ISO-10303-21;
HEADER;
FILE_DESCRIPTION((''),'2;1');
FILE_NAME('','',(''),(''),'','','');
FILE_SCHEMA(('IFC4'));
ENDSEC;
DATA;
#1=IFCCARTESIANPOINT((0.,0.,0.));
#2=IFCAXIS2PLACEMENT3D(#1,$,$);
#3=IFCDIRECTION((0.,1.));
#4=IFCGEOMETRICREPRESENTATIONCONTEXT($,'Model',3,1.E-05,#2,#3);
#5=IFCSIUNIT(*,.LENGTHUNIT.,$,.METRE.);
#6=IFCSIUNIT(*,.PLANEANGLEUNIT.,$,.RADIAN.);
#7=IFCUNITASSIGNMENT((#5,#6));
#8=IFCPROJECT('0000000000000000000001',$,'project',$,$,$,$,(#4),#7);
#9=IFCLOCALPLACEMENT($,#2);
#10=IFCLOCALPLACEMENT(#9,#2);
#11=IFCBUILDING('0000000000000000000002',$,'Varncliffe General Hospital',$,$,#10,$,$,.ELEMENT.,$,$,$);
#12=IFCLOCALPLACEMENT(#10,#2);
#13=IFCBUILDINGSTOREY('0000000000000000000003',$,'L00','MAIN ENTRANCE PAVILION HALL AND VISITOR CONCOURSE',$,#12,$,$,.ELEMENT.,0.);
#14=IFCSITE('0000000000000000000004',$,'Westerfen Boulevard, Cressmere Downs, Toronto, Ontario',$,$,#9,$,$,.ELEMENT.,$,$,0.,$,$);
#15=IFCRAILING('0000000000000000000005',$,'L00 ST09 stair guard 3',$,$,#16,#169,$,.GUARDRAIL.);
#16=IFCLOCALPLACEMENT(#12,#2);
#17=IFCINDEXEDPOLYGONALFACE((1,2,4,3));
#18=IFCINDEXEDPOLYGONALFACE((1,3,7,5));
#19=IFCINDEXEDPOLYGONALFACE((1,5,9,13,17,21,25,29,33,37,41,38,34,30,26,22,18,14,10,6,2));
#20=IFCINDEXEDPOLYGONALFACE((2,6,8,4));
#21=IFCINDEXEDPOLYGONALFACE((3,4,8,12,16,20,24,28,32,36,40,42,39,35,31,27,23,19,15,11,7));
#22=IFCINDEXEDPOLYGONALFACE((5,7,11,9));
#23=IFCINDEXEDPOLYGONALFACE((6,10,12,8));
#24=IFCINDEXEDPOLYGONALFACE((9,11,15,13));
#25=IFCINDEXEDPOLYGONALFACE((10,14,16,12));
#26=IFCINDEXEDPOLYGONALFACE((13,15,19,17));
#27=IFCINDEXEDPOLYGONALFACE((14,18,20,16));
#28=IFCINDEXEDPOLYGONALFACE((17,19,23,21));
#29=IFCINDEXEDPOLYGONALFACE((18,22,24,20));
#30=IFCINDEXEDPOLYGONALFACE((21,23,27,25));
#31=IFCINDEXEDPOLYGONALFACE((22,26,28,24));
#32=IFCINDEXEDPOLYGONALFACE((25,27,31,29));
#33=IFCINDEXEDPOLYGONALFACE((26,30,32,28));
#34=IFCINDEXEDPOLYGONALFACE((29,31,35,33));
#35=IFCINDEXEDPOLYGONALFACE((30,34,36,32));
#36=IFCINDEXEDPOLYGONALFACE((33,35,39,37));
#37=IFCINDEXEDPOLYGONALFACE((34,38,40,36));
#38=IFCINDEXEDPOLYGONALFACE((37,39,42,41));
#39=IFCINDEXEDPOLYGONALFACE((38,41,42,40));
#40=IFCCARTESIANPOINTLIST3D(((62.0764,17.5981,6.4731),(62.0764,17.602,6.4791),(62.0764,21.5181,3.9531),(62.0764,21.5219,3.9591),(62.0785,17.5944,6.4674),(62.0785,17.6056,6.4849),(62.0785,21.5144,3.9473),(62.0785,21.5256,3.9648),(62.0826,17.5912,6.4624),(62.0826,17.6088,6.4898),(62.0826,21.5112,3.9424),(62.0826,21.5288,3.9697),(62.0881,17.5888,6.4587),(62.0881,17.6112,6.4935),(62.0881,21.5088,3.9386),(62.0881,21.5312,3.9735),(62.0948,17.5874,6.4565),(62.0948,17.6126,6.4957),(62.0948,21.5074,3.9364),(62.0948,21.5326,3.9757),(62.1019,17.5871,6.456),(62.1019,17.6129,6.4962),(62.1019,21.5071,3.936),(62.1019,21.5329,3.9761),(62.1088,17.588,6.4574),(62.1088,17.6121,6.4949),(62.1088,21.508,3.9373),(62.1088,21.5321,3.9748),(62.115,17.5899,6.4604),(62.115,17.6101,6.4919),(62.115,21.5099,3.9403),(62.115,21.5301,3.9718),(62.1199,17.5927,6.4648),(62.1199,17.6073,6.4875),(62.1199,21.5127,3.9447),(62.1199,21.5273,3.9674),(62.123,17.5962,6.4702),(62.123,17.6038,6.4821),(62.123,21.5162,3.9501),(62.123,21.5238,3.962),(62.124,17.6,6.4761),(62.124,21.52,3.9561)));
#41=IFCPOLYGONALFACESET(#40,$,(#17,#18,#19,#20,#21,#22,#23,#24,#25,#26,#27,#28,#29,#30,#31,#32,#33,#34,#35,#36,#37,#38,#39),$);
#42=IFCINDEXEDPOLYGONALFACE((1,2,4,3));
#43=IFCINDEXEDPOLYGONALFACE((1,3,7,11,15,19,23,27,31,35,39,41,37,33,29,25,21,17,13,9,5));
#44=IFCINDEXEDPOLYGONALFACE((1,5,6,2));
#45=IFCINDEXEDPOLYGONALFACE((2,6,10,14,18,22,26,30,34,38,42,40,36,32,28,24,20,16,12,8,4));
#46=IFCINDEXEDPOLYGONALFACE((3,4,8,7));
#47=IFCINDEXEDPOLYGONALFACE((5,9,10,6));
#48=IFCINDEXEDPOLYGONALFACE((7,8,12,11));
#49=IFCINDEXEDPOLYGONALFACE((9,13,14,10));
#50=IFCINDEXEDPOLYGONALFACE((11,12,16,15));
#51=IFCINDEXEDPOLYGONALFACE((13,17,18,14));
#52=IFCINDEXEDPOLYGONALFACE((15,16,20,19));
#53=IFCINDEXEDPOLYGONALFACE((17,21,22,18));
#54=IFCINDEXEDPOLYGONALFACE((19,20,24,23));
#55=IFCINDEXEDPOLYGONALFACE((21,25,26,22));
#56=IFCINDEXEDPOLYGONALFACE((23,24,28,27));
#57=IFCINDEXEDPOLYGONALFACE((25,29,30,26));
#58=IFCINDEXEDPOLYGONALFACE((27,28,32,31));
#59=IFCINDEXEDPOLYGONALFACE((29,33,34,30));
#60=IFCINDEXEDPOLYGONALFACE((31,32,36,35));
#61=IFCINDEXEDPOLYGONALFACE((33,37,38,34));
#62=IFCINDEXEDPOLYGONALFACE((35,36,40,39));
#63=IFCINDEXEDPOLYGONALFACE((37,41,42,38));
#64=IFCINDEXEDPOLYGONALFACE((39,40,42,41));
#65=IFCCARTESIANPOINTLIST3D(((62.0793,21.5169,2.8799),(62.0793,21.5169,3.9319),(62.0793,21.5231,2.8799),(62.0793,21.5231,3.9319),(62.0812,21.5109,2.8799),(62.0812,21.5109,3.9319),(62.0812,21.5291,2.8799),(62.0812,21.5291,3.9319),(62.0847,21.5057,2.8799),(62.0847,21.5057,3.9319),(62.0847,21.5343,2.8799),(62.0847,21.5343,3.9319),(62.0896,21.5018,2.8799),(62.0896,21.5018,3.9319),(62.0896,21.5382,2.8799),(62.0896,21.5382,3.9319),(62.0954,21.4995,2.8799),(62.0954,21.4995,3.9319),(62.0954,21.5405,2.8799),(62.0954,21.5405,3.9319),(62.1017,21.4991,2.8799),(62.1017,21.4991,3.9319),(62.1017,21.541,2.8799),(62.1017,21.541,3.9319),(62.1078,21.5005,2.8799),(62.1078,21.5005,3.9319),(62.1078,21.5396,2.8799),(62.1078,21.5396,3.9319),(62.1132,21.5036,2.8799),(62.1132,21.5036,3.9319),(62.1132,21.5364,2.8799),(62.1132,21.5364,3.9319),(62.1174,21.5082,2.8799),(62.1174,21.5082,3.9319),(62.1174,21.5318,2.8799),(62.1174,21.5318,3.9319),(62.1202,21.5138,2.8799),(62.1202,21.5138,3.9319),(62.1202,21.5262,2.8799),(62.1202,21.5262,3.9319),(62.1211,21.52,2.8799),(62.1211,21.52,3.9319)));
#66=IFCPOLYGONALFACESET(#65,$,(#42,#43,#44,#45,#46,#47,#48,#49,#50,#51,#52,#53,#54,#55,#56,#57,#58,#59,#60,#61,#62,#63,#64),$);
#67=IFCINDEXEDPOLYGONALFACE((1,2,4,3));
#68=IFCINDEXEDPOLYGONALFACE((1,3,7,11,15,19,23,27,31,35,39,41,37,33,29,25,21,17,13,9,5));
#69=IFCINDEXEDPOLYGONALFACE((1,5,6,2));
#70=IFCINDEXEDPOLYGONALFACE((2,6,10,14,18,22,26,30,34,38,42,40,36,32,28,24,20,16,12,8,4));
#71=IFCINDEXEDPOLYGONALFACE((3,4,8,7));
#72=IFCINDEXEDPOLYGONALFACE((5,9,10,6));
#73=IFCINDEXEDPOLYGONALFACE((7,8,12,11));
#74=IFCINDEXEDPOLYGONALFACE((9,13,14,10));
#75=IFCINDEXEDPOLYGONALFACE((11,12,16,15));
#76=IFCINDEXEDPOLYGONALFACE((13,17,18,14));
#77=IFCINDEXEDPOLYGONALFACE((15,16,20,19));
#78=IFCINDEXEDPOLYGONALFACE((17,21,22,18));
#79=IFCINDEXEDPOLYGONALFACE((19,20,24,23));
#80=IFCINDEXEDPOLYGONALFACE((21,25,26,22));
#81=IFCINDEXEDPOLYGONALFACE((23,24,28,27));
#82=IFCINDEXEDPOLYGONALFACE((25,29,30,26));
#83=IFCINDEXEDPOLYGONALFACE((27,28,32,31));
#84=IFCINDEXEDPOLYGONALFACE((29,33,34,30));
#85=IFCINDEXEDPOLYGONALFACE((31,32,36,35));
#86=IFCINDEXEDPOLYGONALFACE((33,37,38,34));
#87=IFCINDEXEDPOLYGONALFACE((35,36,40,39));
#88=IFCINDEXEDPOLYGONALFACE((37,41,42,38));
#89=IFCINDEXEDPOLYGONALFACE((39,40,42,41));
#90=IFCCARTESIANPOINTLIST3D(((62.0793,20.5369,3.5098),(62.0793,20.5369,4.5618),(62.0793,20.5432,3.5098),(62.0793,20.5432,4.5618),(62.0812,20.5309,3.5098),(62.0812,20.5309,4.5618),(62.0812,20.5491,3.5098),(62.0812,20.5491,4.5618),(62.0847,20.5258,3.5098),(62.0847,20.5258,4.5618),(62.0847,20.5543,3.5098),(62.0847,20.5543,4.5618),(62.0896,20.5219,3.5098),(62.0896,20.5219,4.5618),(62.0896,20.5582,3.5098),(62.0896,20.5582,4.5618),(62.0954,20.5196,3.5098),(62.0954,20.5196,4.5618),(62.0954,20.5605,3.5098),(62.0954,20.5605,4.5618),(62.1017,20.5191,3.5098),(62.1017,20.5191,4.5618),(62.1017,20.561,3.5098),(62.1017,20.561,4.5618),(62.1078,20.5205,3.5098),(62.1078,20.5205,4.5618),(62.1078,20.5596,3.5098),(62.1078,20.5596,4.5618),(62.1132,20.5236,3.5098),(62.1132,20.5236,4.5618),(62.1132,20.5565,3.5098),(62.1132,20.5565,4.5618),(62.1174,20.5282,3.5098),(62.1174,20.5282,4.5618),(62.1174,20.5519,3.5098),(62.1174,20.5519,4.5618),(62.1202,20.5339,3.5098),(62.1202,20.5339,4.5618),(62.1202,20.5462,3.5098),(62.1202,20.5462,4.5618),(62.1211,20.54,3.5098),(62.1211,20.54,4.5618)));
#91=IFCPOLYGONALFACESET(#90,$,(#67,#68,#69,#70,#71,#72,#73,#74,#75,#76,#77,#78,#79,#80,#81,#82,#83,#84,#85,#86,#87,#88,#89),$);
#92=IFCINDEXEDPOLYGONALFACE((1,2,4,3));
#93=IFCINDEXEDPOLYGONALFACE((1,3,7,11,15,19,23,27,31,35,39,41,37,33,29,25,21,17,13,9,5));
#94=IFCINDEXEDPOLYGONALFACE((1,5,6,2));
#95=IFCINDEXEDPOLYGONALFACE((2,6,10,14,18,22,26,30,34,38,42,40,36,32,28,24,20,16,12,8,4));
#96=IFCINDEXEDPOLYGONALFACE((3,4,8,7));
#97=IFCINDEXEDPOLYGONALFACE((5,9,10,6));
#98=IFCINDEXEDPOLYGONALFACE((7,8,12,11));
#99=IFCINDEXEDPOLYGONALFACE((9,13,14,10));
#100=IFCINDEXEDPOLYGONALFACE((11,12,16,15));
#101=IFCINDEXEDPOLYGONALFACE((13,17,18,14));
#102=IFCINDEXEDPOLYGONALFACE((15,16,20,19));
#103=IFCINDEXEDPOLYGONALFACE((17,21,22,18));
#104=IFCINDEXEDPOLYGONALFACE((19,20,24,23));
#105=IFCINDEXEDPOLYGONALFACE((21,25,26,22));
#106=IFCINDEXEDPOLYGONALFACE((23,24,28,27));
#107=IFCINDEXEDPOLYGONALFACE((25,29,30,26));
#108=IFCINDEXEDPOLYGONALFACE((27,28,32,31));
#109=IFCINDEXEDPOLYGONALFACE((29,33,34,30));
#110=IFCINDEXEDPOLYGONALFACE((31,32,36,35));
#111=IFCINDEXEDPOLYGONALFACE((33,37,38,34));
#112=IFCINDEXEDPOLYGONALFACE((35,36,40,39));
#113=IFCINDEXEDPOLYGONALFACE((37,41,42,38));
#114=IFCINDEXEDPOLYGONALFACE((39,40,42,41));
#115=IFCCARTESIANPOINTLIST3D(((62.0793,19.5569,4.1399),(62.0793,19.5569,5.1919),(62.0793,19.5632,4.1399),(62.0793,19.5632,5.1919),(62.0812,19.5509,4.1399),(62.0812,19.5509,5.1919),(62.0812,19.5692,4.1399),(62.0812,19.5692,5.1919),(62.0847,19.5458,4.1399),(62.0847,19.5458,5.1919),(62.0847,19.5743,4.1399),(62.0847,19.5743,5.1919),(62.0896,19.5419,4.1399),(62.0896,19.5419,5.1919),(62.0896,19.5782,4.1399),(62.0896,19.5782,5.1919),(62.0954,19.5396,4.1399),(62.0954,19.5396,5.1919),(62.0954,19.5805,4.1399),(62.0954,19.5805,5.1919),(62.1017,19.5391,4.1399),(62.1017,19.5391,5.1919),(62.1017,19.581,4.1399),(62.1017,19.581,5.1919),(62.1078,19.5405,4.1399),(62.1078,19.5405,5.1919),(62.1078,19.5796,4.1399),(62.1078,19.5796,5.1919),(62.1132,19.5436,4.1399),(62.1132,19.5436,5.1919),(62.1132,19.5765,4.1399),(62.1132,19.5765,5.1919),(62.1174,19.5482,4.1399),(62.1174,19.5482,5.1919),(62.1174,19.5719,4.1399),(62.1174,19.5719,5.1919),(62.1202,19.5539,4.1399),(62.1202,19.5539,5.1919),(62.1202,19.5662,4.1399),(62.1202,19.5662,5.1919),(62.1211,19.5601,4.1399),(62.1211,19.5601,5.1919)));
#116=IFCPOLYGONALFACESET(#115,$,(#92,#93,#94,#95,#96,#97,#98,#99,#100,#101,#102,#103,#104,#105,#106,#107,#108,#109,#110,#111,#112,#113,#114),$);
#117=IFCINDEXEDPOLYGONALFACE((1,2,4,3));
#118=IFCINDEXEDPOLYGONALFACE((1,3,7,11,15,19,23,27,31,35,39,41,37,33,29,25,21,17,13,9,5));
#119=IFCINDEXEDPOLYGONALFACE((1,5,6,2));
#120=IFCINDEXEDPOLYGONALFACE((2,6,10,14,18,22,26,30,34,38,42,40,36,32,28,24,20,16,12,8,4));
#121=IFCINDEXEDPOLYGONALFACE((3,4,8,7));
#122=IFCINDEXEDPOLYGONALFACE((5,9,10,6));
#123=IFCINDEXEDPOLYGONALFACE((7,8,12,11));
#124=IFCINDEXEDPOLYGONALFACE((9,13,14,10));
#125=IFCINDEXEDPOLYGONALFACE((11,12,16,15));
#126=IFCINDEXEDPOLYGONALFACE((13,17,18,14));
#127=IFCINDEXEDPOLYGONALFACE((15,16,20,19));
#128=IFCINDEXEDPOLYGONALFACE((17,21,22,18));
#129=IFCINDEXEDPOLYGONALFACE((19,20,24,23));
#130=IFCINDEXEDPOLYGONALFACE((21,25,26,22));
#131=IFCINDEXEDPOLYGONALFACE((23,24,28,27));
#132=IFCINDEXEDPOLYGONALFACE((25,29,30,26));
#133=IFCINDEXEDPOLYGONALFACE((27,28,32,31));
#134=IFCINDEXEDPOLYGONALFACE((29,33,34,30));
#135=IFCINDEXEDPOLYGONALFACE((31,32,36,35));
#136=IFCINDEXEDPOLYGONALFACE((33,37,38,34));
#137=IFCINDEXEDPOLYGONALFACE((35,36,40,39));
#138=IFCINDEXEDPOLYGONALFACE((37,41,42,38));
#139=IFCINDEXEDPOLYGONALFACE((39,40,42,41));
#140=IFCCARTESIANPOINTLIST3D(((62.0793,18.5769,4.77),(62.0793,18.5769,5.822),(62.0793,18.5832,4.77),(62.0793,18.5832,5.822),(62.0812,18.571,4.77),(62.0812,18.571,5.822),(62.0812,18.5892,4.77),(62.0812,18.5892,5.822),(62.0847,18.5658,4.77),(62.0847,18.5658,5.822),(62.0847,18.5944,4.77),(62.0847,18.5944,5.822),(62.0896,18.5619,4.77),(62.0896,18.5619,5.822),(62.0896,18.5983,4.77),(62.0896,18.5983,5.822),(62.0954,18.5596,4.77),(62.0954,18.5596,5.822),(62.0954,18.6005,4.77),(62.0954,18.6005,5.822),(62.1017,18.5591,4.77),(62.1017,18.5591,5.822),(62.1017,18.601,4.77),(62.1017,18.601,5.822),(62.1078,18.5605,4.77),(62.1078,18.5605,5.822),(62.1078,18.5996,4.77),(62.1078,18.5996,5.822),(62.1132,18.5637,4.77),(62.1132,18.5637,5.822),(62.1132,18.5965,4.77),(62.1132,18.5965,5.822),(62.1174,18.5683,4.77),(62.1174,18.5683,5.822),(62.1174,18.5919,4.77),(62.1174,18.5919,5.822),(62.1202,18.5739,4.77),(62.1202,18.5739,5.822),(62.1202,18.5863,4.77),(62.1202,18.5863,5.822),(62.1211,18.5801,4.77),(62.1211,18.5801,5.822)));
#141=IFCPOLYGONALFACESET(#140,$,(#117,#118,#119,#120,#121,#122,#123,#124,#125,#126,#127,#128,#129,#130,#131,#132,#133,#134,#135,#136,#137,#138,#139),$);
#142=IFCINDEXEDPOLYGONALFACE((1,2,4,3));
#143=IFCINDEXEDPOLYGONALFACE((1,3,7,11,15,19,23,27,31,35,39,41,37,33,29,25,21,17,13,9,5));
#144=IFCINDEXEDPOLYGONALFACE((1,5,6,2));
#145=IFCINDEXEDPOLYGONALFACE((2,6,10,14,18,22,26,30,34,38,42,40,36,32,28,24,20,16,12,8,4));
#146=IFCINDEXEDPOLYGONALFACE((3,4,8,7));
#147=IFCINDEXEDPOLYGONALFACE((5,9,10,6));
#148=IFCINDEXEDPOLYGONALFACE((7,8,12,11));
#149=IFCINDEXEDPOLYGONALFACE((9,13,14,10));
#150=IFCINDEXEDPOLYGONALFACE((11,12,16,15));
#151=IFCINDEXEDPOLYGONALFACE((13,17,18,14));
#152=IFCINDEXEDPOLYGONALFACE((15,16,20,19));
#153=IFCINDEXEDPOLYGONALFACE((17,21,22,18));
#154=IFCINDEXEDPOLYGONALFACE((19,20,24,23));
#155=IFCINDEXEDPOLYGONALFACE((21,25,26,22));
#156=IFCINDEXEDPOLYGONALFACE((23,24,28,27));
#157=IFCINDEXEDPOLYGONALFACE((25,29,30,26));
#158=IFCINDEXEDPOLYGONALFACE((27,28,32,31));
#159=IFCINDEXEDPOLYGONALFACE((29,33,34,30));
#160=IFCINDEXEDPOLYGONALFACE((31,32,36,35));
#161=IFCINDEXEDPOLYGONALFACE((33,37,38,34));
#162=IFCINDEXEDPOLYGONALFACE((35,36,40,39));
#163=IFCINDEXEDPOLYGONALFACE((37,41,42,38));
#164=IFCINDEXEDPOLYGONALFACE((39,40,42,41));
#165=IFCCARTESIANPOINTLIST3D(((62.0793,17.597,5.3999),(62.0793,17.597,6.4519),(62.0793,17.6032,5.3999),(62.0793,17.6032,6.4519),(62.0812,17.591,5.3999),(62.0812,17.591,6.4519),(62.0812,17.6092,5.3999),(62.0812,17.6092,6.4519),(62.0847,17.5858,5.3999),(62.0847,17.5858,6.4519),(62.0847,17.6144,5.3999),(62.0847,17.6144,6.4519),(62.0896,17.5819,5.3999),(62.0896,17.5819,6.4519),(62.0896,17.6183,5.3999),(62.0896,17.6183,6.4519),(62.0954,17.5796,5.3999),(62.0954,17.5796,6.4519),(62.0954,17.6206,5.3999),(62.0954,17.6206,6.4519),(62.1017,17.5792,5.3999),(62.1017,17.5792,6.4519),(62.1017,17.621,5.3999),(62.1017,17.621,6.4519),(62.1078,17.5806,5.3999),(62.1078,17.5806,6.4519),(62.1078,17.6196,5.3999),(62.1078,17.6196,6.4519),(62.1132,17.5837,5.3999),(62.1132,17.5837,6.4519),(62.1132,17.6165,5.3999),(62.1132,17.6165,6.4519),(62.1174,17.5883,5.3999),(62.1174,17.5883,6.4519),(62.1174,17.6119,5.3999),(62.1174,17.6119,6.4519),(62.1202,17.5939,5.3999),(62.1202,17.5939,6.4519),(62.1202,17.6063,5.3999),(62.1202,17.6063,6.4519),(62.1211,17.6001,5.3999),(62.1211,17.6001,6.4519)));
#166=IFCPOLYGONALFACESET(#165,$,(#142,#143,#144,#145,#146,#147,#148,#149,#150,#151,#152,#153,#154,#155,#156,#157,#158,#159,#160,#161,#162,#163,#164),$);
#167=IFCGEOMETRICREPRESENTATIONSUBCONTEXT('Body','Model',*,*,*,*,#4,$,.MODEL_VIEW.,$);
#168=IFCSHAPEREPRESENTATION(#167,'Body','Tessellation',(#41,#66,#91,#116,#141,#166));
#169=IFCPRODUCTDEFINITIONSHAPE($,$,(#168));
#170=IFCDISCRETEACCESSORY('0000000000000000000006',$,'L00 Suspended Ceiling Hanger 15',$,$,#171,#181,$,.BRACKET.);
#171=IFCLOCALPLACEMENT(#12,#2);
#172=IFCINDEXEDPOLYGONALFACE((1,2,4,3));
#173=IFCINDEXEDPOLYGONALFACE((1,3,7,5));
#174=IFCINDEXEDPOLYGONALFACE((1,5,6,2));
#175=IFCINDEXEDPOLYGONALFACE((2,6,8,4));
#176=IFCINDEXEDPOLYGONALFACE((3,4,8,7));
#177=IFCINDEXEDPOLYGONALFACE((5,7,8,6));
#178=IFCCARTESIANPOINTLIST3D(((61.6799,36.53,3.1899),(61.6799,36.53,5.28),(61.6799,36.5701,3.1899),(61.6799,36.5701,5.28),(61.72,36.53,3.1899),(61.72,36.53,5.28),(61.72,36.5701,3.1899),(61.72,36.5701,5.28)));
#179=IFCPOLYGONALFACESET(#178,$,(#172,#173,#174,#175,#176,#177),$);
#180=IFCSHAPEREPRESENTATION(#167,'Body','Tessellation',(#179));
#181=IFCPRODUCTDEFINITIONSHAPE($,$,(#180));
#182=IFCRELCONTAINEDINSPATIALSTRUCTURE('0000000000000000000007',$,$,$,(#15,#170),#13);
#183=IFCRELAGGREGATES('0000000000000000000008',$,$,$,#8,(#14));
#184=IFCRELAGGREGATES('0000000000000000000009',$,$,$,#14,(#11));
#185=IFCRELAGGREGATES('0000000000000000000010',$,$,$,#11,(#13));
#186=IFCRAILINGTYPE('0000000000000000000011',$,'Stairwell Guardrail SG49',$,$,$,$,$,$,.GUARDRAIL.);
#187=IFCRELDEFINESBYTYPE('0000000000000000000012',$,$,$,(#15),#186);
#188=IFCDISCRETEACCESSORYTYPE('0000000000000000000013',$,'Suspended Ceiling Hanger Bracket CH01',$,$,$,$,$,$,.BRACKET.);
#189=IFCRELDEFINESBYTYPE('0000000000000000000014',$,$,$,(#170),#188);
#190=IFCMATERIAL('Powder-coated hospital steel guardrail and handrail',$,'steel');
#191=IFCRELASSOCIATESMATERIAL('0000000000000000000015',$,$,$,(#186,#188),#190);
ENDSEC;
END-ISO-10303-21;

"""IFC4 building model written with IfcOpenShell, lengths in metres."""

from ifc_helpers import new_model, si_unit, direction, frame, origin, origin_2d, place, context, subcontext, project, spatial, rectangle, circle, extrude, material, type_object, element, save


model = new_model("IFC4")

# Units and contexts
model_context = context("Model", 3, precision=1e-05, world=origin(), true_north=direction((0.0, 1.0)))
body_context = subcontext(model_context, "Body", "Model", "MODEL_VIEW")
ifc_project = project(units=[si_unit("LENGTHUNIT", "METRE"), si_unit("PLANEANGLEUNIT", "RADIAN")], contexts=[model_context])

# Site, building, storey
site_placement = place(None, origin())
site = spatial("IfcSite", under=ifc_project, at=site_placement, Name="Westerfen Boulevard, Cressmere Downs, Toronto, Ontario", CompositionType="ELEMENT", RefElevation=0.0)
building_placement = place(site_placement, origin())
building = spatial("IfcBuilding", under=site, at=building_placement, Name="Varncliffe General Hospital", CompositionType="ELEMENT")
storey_placement = place(building_placement, origin())
storey = spatial("IfcBuildingStorey", under=building, at=storey_placement, Name="L00", Description="MAIN ENTRANCE PAVILION HALL AND VISITOR CONCOURSE", CompositionType="ELEMENT", Elevation=0.0)

# Railing
ifc_material_1 = material(Name="Powder-coated hospital steel guardrail and handrail", Category="steel")
railing_type_1 = type_object("IfcRailingType", Name="Stairwell Guardrail SG49", PredefinedType="GUARDRAIL", material=ifc_material_1)
railing_1_placement = place(storey_placement, frame((62.1001, 21.52, 2.8799)))
element("IfcRailing", 1, at=railing_1_placement, inside=storey, type_object=railing_type_1, Name="L00 ST09 stair guard 3", PredefinedType="GUARDRAIL", context=body_context, shape_type="SweptSolid", body=[
    extrude(circle(Radius=0.0239, at=origin_2d()), frame((0.0, 0.0, 1.0762), z_axis=(0.0, -0.841172, 0.540768), x_axis=(1.0, 0.0, 0.0)), (0.0, 0.0, 1.0), 4.6602),
    extrude(circle(Radius=0.021, at=origin_2d()), origin(), (0.0, 0.0, 1.0), 1.052),
    extrude(circle(Radius=0.021, at=origin_2d()), frame((0.0, -0.98, 0.6299)), (0.0, 0.0, 1.0), 1.052),
    extrude(circle(Radius=0.021, at=origin_2d()), frame((0.0, -1.96, 1.26)), (0.0, 0.0, 1.0), 1.052),
    extrude(circle(Radius=0.021, at=origin_2d()), frame((0.0, -2.9399, 1.8901)), (0.0, 0.0, 1.0), 1.052),
    extrude(circle(Radius=0.021, at=origin_2d()), frame((0.0, -3.9199, 2.52)), (0.0, 0.0, 1.0), 1.052),
])

# Discrete accessory
discrete_accessory_type = type_object("IfcDiscreteAccessoryType", Name="Suspended Ceiling Hanger Bracket CH01", PredefinedType="BRACKET", material=ifc_material_1)
discrete_accessory_placement = place(storey_placement, frame((61.7, 36.55, 3.1899), z_axis=(0.0, 0.0, 1.0), x_axis=(1.0, 0.0, 0.0)))
element("IfcDiscreteAccessory", 2, at=discrete_accessory_placement, inside=storey, type_object=discrete_accessory_type, Name="L00 Suspended Ceiling Hanger 15", PredefinedType="BRACKET", context=body_context, shape_type="SweptSolid", body=[
    extrude(rectangle(XDim=0.04, YDim=0.04, at=origin_2d()), origin(), (0.0, 0.0, 1.0), 2.0901),
])

save(model, "model.ifc")
